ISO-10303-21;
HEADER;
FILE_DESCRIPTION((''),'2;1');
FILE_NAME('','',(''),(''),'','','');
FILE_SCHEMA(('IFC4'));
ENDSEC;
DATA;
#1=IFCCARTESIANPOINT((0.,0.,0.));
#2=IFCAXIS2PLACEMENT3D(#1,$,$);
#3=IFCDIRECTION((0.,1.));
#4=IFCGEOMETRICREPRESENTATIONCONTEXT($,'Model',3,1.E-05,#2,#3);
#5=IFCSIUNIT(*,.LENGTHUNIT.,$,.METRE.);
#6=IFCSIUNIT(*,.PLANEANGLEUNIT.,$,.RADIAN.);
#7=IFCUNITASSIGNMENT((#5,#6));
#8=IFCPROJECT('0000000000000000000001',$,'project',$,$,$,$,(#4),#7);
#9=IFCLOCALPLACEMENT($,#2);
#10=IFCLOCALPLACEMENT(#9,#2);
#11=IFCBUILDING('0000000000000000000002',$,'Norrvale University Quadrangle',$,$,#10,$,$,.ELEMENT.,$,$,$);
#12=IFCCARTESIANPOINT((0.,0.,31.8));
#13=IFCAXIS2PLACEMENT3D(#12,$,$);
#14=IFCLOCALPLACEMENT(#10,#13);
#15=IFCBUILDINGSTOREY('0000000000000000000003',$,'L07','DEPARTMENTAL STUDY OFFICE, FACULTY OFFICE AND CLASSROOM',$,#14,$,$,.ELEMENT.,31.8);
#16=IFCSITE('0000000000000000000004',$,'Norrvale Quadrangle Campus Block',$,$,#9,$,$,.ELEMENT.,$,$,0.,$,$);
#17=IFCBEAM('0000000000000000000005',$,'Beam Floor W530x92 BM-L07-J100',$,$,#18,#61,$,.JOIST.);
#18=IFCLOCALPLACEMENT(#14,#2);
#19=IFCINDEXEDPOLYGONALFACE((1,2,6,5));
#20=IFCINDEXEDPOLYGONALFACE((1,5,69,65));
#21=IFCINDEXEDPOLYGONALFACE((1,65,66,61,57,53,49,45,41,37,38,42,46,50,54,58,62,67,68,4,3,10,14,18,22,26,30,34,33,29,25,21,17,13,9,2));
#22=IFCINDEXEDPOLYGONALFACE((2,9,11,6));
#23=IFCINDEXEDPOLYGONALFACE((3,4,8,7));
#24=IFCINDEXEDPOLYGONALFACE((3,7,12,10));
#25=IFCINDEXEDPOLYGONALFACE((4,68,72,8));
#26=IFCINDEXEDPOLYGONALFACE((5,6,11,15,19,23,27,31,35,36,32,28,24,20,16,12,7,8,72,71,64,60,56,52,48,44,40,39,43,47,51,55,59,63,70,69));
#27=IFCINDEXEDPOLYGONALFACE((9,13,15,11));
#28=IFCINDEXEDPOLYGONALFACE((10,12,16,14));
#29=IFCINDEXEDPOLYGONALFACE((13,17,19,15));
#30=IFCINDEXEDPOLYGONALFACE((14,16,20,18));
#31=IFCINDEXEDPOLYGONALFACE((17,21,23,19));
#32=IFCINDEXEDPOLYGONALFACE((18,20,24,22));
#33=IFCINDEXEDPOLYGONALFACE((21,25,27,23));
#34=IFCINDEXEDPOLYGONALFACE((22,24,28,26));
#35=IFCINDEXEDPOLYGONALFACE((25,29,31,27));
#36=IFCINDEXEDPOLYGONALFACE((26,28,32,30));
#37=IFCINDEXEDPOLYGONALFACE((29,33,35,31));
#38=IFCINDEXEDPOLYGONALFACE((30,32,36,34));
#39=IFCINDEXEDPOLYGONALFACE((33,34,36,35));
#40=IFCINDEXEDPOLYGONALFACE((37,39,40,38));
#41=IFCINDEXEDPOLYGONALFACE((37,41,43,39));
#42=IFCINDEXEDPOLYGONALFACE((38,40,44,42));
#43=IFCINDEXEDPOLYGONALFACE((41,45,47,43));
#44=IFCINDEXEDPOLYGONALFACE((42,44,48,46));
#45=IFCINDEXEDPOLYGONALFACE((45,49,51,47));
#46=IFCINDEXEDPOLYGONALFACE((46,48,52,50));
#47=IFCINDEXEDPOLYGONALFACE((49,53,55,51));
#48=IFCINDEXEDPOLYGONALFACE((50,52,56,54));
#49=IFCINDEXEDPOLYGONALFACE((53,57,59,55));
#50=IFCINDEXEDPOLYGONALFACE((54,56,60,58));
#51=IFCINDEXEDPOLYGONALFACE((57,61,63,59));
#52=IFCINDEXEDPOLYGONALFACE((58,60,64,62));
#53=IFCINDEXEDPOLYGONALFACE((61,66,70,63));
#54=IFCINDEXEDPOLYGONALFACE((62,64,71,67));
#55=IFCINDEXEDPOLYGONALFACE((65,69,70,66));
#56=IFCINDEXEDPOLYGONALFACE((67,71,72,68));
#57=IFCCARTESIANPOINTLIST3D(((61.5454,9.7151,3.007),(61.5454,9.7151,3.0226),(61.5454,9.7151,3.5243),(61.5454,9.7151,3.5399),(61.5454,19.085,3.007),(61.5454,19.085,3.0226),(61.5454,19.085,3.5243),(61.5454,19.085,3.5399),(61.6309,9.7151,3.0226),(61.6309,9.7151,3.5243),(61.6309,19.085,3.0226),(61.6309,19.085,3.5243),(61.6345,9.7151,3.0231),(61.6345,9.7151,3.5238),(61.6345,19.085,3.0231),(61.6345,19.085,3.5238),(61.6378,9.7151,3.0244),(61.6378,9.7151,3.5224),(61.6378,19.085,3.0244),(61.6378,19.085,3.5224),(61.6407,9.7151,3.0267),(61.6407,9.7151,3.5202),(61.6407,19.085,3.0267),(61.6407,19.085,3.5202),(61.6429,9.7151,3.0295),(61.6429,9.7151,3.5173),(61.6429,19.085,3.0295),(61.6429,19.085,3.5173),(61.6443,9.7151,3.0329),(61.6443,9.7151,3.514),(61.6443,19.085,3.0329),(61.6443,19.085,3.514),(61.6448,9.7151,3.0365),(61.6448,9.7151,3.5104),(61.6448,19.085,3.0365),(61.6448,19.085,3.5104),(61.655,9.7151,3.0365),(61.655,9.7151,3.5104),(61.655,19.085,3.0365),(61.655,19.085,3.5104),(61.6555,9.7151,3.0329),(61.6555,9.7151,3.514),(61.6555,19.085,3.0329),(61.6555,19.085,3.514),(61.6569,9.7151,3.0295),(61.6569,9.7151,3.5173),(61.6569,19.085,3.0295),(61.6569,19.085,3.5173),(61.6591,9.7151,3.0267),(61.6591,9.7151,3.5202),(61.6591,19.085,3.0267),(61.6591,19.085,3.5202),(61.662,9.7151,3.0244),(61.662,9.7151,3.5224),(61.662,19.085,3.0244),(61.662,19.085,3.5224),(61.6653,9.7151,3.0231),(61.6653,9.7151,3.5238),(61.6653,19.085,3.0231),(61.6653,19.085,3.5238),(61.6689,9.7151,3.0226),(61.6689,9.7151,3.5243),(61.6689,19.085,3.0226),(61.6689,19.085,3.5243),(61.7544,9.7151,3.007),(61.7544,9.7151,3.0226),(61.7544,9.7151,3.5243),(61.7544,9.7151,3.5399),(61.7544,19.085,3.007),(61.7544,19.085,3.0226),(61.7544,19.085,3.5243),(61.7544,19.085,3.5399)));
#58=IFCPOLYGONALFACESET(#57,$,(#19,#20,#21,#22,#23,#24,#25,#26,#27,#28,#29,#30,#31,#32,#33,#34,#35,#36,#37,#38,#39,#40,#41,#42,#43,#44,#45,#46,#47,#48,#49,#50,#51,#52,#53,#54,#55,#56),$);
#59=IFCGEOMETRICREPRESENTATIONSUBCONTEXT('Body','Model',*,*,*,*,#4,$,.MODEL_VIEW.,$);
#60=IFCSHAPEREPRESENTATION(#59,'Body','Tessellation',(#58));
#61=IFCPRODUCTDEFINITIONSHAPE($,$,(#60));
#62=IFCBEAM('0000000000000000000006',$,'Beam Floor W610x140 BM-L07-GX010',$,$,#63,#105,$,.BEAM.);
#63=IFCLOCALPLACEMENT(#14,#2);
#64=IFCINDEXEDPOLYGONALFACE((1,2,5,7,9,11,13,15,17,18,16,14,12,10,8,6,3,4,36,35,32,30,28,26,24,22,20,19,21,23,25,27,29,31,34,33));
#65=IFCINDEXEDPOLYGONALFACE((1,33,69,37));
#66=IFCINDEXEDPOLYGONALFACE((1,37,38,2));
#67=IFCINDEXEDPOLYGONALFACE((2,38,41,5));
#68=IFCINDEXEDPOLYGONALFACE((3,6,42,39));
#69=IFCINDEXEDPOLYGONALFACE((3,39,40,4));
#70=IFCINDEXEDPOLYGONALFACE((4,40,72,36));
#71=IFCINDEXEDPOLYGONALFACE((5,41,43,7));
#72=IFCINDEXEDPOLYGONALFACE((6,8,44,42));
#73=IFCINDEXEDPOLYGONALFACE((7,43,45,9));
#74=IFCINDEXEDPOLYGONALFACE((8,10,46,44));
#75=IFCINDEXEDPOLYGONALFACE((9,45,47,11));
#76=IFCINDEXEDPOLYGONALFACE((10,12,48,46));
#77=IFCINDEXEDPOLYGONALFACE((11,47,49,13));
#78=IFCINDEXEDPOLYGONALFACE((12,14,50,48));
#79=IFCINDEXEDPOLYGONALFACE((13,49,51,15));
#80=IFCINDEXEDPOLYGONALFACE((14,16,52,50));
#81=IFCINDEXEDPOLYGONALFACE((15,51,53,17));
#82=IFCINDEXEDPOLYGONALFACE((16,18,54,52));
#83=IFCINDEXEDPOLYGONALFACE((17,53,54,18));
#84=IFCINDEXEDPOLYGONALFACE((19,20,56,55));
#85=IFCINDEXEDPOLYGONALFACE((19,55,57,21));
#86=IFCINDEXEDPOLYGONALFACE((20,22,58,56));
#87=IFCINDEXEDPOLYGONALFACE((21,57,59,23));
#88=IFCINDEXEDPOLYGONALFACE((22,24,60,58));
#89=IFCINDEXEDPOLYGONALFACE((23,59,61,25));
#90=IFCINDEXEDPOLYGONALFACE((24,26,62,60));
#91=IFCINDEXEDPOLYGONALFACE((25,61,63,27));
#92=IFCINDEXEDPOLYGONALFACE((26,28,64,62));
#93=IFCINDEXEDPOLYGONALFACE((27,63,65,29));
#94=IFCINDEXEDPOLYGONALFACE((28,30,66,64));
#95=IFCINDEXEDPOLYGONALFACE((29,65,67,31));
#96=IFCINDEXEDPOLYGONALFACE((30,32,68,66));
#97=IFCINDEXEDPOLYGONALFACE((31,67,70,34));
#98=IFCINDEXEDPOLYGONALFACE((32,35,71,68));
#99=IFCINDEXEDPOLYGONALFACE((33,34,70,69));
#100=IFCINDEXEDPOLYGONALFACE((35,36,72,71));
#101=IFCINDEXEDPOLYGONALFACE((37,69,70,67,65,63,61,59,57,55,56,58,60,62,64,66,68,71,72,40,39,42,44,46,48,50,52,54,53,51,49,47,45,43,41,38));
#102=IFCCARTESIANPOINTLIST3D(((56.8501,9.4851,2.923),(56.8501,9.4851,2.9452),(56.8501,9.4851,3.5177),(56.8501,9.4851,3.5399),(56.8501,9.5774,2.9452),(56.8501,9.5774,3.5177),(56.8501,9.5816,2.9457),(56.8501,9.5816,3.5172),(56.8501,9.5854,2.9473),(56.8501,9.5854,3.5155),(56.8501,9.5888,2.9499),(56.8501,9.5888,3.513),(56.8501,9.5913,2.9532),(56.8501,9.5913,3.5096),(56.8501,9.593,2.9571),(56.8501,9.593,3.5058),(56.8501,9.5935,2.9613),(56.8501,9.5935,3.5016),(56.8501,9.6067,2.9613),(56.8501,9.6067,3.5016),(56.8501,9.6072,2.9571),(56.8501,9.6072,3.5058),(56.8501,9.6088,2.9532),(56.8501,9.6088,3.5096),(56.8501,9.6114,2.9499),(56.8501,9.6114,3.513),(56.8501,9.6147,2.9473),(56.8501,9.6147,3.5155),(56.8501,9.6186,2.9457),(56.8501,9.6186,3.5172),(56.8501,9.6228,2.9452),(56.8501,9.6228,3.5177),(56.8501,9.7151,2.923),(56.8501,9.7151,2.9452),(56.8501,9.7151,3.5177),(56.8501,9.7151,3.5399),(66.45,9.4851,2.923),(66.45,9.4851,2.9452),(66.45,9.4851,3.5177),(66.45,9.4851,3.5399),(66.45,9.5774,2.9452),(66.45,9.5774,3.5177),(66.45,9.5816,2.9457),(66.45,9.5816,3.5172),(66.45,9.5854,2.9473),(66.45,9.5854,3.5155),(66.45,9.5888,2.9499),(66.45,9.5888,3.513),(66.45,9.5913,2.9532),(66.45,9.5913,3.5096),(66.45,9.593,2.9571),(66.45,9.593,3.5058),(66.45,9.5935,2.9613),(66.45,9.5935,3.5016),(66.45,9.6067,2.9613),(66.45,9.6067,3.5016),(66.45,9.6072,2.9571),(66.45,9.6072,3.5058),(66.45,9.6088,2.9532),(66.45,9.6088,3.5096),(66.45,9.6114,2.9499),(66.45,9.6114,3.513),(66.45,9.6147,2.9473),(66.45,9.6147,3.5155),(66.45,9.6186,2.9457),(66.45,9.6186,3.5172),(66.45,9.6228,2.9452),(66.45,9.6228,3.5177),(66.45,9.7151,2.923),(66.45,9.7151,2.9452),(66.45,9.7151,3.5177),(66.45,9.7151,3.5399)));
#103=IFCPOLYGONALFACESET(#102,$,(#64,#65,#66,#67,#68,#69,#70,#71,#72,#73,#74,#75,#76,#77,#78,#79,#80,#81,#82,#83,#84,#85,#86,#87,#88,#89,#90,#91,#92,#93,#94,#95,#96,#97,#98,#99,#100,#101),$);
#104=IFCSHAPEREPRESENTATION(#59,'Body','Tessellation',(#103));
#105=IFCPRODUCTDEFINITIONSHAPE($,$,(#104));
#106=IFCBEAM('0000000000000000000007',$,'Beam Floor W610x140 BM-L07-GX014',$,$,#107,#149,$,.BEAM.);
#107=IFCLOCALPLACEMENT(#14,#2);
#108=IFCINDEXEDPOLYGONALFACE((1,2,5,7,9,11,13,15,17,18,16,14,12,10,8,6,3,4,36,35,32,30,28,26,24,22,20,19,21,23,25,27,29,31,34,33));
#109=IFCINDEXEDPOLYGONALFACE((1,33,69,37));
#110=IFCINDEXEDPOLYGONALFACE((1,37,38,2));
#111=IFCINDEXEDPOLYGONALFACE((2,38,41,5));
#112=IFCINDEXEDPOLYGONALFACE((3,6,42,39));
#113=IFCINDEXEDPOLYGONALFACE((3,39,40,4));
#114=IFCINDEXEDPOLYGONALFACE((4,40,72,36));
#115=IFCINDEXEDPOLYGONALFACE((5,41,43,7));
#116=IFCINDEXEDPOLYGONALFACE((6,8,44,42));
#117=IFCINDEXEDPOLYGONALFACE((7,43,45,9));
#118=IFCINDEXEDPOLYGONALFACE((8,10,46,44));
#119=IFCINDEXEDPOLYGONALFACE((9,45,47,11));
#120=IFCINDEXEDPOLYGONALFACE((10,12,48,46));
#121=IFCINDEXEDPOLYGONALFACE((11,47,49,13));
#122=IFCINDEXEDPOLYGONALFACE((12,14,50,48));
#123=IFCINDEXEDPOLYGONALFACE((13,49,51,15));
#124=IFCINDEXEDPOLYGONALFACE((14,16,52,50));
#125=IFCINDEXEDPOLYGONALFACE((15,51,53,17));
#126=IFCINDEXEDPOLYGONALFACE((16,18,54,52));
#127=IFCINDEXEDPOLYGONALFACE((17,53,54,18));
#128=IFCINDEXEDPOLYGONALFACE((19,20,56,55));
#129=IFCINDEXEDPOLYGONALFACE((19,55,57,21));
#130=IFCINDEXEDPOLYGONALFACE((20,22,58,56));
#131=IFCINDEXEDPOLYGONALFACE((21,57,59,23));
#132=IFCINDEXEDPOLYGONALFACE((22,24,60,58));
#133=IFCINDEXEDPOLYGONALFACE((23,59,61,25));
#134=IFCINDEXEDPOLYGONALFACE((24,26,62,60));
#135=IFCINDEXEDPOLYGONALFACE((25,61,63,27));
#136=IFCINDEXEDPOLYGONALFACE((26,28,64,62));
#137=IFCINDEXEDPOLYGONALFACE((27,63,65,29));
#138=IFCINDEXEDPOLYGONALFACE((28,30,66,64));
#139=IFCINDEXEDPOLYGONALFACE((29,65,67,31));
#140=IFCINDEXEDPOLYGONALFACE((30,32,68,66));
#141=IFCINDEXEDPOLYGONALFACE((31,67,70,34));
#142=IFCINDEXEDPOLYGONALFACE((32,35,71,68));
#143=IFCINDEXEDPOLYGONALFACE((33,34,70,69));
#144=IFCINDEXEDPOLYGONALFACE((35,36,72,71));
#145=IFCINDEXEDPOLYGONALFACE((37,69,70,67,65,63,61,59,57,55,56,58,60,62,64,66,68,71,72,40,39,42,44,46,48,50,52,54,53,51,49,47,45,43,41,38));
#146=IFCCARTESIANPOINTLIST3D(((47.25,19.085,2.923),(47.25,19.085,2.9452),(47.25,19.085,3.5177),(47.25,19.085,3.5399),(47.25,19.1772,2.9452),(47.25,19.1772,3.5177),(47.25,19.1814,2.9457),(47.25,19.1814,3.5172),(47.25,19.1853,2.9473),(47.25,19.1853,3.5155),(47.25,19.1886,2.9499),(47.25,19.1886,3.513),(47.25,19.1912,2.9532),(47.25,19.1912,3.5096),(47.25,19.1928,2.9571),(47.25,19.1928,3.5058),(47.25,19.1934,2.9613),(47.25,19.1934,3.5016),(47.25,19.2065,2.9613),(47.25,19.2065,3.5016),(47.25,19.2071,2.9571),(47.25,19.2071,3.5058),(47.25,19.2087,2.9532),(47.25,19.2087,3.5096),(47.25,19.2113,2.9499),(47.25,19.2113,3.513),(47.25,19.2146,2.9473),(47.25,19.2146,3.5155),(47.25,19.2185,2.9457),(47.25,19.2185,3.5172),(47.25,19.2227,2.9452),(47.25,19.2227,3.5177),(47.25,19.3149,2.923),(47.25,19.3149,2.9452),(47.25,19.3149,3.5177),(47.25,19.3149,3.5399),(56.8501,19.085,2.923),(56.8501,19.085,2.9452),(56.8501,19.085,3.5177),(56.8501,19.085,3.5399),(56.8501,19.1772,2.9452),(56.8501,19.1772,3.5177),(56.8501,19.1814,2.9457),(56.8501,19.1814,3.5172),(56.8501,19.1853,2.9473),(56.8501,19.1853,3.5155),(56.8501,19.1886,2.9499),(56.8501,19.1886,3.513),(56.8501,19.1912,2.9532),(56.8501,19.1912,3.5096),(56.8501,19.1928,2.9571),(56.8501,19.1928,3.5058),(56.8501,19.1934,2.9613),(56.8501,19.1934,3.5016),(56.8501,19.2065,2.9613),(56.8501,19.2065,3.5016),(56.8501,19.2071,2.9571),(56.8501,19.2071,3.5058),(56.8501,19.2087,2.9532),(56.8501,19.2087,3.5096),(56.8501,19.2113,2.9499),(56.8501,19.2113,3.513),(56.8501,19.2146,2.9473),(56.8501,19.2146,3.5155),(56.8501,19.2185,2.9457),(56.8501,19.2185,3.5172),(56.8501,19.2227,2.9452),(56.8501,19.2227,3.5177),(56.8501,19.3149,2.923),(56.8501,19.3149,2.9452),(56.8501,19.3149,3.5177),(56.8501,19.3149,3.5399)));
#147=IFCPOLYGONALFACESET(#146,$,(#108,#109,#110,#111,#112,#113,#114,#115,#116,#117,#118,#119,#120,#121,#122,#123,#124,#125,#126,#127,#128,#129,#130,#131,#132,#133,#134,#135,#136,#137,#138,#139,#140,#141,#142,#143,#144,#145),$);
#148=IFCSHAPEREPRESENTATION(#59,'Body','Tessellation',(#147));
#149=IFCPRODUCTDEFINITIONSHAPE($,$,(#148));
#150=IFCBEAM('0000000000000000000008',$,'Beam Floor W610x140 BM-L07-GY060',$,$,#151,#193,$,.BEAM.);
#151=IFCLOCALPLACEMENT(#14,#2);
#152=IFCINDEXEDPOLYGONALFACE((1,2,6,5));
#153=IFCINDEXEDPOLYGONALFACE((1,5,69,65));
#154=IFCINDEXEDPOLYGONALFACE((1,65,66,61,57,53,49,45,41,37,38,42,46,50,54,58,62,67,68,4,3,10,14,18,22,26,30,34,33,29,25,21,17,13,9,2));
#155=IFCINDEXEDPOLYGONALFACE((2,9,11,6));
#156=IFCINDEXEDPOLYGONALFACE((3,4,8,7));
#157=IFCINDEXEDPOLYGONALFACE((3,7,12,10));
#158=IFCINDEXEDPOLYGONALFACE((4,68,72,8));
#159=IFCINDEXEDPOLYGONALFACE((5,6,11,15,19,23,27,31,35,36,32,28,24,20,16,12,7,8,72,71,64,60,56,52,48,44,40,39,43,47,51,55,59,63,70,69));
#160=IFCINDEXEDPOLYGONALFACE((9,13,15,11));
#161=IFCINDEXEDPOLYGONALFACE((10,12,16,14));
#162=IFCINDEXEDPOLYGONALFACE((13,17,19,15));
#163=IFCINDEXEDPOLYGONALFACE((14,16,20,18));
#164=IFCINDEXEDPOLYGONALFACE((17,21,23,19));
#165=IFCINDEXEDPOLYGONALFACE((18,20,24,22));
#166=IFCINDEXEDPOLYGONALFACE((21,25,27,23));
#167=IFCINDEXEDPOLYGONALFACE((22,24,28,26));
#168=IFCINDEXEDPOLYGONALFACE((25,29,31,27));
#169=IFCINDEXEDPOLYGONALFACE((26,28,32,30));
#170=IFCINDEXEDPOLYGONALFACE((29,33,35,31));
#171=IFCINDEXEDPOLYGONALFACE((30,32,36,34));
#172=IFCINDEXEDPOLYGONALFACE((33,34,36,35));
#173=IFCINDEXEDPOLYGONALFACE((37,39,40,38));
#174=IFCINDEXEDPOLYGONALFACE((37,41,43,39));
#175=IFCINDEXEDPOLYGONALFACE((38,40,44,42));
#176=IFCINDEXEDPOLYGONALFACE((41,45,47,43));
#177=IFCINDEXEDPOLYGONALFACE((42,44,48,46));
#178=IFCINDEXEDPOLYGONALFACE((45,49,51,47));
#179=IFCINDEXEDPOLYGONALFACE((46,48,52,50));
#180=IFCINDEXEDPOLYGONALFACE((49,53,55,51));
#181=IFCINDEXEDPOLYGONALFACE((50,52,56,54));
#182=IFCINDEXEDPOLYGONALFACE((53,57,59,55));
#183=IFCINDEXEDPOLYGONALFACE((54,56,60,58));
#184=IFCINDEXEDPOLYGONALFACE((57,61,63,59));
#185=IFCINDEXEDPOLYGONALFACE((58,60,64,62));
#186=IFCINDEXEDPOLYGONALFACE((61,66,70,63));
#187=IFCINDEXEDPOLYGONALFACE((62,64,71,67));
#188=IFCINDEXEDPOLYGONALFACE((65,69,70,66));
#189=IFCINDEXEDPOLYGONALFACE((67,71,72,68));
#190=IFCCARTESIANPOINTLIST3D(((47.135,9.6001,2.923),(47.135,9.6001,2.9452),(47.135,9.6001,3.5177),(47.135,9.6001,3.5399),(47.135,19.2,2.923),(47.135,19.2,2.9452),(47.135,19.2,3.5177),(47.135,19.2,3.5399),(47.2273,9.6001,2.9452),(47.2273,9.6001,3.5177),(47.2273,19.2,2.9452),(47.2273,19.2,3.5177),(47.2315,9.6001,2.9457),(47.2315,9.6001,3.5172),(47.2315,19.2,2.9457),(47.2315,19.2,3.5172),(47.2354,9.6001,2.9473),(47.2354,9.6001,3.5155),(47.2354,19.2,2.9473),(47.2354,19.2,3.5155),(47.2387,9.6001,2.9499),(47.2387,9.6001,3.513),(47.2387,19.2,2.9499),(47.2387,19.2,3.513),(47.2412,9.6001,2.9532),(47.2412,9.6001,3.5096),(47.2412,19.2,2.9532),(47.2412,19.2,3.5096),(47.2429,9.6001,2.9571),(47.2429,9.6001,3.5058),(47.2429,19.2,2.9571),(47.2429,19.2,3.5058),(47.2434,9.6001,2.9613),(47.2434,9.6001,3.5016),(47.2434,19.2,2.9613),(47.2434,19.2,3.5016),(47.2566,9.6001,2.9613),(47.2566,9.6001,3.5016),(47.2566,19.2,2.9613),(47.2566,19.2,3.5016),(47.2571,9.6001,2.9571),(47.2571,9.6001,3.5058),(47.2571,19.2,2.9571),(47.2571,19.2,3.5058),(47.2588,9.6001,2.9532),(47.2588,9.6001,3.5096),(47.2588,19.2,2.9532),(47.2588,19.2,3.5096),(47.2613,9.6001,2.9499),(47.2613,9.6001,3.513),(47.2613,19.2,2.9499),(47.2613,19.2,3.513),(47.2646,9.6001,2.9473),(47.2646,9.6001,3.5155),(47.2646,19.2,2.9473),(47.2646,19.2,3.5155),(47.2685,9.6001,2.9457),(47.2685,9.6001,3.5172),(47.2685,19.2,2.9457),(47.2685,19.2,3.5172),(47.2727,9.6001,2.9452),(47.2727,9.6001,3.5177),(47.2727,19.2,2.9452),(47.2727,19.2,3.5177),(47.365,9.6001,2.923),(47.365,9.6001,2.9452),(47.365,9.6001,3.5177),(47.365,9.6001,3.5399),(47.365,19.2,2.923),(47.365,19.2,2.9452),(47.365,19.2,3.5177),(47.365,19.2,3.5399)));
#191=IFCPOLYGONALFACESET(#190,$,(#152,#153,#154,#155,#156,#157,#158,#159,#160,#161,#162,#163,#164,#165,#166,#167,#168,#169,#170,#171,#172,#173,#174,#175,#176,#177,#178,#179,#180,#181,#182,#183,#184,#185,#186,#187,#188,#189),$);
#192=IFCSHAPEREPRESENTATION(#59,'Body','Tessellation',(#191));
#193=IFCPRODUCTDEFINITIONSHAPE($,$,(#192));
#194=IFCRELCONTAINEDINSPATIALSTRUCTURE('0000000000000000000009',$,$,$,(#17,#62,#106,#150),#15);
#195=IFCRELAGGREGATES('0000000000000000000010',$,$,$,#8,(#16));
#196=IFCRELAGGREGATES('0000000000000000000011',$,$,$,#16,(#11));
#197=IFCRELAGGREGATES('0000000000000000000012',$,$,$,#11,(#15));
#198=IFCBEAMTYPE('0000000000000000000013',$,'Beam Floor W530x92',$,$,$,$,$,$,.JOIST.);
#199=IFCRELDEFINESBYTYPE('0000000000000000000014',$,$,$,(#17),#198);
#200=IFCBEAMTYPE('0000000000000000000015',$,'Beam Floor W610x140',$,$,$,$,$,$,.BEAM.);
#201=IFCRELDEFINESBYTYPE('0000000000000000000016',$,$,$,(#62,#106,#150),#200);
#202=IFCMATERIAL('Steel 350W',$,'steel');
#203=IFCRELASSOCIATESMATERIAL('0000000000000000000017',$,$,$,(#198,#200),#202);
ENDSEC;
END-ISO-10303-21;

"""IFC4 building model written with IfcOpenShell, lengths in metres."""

from ifc_helpers import new_model, si_unit, direction, frame, origin, origin_2d, place, context, subcontext, project, spatial, i_section, extrude, material, material_profile, profile_set, type_object, element, save


model = new_model("IFC4")

# Units and contexts
model_context = context("Model", 3, precision=1e-05, world=origin(), true_north=direction((0.0, 1.0)))
body_context = subcontext(model_context, "Body", "Model", "MODEL_VIEW")
ifc_project = project(units=[si_unit("LENGTHUNIT", "METRE"), si_unit("PLANEANGLEUNIT", "RADIAN")], contexts=[model_context])

# Site, building, storey
site_placement = place(None, origin())
site = spatial("IfcSite", under=ifc_project, at=site_placement, Name="Norrvale Quadrangle Campus Block", CompositionType="ELEMENT", RefElevation=0.0)
building_placement = place(site_placement, origin())
building = spatial("IfcBuilding", under=site, at=building_placement, Name="Norrvale University Quadrangle", CompositionType="ELEMENT")
storey_placement = place(building_placement, frame((0.0, 0.0, 31.8)))
storey = spatial("IfcBuildingStorey", under=building, at=storey_placement, Name="L07", Description="DEPARTMENTAL STUDY OFFICE, FACULTY OFFICE AND CLASSROOM", CompositionType="ELEMENT", Elevation=31.8)

# Beams
ifc_material_1 = material(Name="Steel 350W", Category="steel")
ifc_material_profile_1 = material_profile(ifc_material_1, i_section(OverallWidth=0.209, OverallDepth=0.533, WebThickness=0.0103, FlangeThickness=0.0156, FilletRadius=0.0139, at=origin_2d()), Name="Steel 350W")
ifc_profile_set_1 = profile_set([ifc_material_profile_1], Name="Steel 350W")
beam_type_1 = type_object("IfcBeamType", Name="Beam Floor W530x92", PredefinedType="JOIST", material=ifc_profile_set_1)
for number, where, z_axis, x_axis, name in (
    (1, (61.6499, 9.7151, 3.2734), (0.0, 1.0, 0.0), (-1.0, 0.0, 0.0), "Beam Floor W530x92 BM-L07-J100"),
):
    element("IfcBeam", number, at=place(storey_placement, frame(where, z_axis=z_axis, x_axis=x_axis)), inside=storey, type_object=beam_type_1, Name=name, PredefinedType="JOIST", context=body_context, shape_type="SweptSolid", body=[
        extrude(i_section(OverallWidth=0.209, OverallDepth=0.533, WebThickness=0.0103, FlangeThickness=0.0156, FilletRadius=0.0139, at=origin_2d()), origin(), (0.0, 0.0, 1.0), 9.3699),
    ])
ifc_material_profile_2 = material_profile(ifc_material_1, i_section(OverallWidth=0.23, OverallDepth=0.6169, WebThickness=0.0132, FlangeThickness=0.0222, FilletRadius=0.0161, at=origin_2d()), Name="Steel 350W")
ifc_profile_set_2 = profile_set([ifc_material_profile_2], Name="Steel 350W")
beam_type_2 = type_object("IfcBeamType", Name="Beam Floor W610x140", PredefinedType="BEAM", material=ifc_profile_set_2)
beam_1_placement = place(storey_placement, frame((56.8501, 9.6001, 3.2314), z_axis=(1.0, 0.0, 0.0), x_axis=(0.0, 1.0, 0.0)))
element("IfcBeam", 2, at=beam_1_placement, inside=storey, type_object=beam_type_2, Name="Beam Floor W610x140 BM-L07-GX010", PredefinedType="BEAM", context=body_context, shape_type="SweptSolid", body=[
    extrude(i_section(OverallWidth=0.23, OverallDepth=0.6169, WebThickness=0.0132, FlangeThickness=0.0222, FilletRadius=0.0161, at=origin_2d()), origin(), (0.0, 0.0, 1.0), 9.5999),
])
beam_2_placement = place(storey_placement, frame((47.25, 19.2, 3.2314), z_axis=(1.0, 0.0, 0.0), x_axis=(0.0, 1.0, 0.0)))
element("IfcBeam", 3, at=beam_2_placement, inside=storey, type_object=beam_type_2, Name="Beam Floor W610x140 BM-L07-GX014", PredefinedType="BEAM", context=body_context, shape_type="SweptSolid", body=[
    extrude(i_section(OverallWidth=0.23, OverallDepth=0.6169, WebThickness=0.0132, FlangeThickness=0.0222, FilletRadius=0.0161, at=origin_2d()), origin(), (0.0, 0.0, 1.0), 9.6001),
])
beam_3_placement = place(storey_placement, frame((47.25, 9.6001, 3.2314), z_axis=(0.0, 1.0, 0.0), x_axis=(-1.0, 0.0, 0.0)))
element("IfcBeam", 4, at=beam_3_placement, inside=storey, type_object=beam_type_2, Name="Beam Floor W610x140 BM-L07-GY060", PredefinedType="BEAM", context=body_context, shape_type="SweptSolid", body=[
    extrude(i_section(OverallWidth=0.23, OverallDepth=0.6169, WebThickness=0.0132, FlangeThickness=0.0222, FilletRadius=0.0161, at=origin_2d()), origin(), (0.0, 0.0, 1.0), 9.5999),
])

save(model, "model.ifc")
